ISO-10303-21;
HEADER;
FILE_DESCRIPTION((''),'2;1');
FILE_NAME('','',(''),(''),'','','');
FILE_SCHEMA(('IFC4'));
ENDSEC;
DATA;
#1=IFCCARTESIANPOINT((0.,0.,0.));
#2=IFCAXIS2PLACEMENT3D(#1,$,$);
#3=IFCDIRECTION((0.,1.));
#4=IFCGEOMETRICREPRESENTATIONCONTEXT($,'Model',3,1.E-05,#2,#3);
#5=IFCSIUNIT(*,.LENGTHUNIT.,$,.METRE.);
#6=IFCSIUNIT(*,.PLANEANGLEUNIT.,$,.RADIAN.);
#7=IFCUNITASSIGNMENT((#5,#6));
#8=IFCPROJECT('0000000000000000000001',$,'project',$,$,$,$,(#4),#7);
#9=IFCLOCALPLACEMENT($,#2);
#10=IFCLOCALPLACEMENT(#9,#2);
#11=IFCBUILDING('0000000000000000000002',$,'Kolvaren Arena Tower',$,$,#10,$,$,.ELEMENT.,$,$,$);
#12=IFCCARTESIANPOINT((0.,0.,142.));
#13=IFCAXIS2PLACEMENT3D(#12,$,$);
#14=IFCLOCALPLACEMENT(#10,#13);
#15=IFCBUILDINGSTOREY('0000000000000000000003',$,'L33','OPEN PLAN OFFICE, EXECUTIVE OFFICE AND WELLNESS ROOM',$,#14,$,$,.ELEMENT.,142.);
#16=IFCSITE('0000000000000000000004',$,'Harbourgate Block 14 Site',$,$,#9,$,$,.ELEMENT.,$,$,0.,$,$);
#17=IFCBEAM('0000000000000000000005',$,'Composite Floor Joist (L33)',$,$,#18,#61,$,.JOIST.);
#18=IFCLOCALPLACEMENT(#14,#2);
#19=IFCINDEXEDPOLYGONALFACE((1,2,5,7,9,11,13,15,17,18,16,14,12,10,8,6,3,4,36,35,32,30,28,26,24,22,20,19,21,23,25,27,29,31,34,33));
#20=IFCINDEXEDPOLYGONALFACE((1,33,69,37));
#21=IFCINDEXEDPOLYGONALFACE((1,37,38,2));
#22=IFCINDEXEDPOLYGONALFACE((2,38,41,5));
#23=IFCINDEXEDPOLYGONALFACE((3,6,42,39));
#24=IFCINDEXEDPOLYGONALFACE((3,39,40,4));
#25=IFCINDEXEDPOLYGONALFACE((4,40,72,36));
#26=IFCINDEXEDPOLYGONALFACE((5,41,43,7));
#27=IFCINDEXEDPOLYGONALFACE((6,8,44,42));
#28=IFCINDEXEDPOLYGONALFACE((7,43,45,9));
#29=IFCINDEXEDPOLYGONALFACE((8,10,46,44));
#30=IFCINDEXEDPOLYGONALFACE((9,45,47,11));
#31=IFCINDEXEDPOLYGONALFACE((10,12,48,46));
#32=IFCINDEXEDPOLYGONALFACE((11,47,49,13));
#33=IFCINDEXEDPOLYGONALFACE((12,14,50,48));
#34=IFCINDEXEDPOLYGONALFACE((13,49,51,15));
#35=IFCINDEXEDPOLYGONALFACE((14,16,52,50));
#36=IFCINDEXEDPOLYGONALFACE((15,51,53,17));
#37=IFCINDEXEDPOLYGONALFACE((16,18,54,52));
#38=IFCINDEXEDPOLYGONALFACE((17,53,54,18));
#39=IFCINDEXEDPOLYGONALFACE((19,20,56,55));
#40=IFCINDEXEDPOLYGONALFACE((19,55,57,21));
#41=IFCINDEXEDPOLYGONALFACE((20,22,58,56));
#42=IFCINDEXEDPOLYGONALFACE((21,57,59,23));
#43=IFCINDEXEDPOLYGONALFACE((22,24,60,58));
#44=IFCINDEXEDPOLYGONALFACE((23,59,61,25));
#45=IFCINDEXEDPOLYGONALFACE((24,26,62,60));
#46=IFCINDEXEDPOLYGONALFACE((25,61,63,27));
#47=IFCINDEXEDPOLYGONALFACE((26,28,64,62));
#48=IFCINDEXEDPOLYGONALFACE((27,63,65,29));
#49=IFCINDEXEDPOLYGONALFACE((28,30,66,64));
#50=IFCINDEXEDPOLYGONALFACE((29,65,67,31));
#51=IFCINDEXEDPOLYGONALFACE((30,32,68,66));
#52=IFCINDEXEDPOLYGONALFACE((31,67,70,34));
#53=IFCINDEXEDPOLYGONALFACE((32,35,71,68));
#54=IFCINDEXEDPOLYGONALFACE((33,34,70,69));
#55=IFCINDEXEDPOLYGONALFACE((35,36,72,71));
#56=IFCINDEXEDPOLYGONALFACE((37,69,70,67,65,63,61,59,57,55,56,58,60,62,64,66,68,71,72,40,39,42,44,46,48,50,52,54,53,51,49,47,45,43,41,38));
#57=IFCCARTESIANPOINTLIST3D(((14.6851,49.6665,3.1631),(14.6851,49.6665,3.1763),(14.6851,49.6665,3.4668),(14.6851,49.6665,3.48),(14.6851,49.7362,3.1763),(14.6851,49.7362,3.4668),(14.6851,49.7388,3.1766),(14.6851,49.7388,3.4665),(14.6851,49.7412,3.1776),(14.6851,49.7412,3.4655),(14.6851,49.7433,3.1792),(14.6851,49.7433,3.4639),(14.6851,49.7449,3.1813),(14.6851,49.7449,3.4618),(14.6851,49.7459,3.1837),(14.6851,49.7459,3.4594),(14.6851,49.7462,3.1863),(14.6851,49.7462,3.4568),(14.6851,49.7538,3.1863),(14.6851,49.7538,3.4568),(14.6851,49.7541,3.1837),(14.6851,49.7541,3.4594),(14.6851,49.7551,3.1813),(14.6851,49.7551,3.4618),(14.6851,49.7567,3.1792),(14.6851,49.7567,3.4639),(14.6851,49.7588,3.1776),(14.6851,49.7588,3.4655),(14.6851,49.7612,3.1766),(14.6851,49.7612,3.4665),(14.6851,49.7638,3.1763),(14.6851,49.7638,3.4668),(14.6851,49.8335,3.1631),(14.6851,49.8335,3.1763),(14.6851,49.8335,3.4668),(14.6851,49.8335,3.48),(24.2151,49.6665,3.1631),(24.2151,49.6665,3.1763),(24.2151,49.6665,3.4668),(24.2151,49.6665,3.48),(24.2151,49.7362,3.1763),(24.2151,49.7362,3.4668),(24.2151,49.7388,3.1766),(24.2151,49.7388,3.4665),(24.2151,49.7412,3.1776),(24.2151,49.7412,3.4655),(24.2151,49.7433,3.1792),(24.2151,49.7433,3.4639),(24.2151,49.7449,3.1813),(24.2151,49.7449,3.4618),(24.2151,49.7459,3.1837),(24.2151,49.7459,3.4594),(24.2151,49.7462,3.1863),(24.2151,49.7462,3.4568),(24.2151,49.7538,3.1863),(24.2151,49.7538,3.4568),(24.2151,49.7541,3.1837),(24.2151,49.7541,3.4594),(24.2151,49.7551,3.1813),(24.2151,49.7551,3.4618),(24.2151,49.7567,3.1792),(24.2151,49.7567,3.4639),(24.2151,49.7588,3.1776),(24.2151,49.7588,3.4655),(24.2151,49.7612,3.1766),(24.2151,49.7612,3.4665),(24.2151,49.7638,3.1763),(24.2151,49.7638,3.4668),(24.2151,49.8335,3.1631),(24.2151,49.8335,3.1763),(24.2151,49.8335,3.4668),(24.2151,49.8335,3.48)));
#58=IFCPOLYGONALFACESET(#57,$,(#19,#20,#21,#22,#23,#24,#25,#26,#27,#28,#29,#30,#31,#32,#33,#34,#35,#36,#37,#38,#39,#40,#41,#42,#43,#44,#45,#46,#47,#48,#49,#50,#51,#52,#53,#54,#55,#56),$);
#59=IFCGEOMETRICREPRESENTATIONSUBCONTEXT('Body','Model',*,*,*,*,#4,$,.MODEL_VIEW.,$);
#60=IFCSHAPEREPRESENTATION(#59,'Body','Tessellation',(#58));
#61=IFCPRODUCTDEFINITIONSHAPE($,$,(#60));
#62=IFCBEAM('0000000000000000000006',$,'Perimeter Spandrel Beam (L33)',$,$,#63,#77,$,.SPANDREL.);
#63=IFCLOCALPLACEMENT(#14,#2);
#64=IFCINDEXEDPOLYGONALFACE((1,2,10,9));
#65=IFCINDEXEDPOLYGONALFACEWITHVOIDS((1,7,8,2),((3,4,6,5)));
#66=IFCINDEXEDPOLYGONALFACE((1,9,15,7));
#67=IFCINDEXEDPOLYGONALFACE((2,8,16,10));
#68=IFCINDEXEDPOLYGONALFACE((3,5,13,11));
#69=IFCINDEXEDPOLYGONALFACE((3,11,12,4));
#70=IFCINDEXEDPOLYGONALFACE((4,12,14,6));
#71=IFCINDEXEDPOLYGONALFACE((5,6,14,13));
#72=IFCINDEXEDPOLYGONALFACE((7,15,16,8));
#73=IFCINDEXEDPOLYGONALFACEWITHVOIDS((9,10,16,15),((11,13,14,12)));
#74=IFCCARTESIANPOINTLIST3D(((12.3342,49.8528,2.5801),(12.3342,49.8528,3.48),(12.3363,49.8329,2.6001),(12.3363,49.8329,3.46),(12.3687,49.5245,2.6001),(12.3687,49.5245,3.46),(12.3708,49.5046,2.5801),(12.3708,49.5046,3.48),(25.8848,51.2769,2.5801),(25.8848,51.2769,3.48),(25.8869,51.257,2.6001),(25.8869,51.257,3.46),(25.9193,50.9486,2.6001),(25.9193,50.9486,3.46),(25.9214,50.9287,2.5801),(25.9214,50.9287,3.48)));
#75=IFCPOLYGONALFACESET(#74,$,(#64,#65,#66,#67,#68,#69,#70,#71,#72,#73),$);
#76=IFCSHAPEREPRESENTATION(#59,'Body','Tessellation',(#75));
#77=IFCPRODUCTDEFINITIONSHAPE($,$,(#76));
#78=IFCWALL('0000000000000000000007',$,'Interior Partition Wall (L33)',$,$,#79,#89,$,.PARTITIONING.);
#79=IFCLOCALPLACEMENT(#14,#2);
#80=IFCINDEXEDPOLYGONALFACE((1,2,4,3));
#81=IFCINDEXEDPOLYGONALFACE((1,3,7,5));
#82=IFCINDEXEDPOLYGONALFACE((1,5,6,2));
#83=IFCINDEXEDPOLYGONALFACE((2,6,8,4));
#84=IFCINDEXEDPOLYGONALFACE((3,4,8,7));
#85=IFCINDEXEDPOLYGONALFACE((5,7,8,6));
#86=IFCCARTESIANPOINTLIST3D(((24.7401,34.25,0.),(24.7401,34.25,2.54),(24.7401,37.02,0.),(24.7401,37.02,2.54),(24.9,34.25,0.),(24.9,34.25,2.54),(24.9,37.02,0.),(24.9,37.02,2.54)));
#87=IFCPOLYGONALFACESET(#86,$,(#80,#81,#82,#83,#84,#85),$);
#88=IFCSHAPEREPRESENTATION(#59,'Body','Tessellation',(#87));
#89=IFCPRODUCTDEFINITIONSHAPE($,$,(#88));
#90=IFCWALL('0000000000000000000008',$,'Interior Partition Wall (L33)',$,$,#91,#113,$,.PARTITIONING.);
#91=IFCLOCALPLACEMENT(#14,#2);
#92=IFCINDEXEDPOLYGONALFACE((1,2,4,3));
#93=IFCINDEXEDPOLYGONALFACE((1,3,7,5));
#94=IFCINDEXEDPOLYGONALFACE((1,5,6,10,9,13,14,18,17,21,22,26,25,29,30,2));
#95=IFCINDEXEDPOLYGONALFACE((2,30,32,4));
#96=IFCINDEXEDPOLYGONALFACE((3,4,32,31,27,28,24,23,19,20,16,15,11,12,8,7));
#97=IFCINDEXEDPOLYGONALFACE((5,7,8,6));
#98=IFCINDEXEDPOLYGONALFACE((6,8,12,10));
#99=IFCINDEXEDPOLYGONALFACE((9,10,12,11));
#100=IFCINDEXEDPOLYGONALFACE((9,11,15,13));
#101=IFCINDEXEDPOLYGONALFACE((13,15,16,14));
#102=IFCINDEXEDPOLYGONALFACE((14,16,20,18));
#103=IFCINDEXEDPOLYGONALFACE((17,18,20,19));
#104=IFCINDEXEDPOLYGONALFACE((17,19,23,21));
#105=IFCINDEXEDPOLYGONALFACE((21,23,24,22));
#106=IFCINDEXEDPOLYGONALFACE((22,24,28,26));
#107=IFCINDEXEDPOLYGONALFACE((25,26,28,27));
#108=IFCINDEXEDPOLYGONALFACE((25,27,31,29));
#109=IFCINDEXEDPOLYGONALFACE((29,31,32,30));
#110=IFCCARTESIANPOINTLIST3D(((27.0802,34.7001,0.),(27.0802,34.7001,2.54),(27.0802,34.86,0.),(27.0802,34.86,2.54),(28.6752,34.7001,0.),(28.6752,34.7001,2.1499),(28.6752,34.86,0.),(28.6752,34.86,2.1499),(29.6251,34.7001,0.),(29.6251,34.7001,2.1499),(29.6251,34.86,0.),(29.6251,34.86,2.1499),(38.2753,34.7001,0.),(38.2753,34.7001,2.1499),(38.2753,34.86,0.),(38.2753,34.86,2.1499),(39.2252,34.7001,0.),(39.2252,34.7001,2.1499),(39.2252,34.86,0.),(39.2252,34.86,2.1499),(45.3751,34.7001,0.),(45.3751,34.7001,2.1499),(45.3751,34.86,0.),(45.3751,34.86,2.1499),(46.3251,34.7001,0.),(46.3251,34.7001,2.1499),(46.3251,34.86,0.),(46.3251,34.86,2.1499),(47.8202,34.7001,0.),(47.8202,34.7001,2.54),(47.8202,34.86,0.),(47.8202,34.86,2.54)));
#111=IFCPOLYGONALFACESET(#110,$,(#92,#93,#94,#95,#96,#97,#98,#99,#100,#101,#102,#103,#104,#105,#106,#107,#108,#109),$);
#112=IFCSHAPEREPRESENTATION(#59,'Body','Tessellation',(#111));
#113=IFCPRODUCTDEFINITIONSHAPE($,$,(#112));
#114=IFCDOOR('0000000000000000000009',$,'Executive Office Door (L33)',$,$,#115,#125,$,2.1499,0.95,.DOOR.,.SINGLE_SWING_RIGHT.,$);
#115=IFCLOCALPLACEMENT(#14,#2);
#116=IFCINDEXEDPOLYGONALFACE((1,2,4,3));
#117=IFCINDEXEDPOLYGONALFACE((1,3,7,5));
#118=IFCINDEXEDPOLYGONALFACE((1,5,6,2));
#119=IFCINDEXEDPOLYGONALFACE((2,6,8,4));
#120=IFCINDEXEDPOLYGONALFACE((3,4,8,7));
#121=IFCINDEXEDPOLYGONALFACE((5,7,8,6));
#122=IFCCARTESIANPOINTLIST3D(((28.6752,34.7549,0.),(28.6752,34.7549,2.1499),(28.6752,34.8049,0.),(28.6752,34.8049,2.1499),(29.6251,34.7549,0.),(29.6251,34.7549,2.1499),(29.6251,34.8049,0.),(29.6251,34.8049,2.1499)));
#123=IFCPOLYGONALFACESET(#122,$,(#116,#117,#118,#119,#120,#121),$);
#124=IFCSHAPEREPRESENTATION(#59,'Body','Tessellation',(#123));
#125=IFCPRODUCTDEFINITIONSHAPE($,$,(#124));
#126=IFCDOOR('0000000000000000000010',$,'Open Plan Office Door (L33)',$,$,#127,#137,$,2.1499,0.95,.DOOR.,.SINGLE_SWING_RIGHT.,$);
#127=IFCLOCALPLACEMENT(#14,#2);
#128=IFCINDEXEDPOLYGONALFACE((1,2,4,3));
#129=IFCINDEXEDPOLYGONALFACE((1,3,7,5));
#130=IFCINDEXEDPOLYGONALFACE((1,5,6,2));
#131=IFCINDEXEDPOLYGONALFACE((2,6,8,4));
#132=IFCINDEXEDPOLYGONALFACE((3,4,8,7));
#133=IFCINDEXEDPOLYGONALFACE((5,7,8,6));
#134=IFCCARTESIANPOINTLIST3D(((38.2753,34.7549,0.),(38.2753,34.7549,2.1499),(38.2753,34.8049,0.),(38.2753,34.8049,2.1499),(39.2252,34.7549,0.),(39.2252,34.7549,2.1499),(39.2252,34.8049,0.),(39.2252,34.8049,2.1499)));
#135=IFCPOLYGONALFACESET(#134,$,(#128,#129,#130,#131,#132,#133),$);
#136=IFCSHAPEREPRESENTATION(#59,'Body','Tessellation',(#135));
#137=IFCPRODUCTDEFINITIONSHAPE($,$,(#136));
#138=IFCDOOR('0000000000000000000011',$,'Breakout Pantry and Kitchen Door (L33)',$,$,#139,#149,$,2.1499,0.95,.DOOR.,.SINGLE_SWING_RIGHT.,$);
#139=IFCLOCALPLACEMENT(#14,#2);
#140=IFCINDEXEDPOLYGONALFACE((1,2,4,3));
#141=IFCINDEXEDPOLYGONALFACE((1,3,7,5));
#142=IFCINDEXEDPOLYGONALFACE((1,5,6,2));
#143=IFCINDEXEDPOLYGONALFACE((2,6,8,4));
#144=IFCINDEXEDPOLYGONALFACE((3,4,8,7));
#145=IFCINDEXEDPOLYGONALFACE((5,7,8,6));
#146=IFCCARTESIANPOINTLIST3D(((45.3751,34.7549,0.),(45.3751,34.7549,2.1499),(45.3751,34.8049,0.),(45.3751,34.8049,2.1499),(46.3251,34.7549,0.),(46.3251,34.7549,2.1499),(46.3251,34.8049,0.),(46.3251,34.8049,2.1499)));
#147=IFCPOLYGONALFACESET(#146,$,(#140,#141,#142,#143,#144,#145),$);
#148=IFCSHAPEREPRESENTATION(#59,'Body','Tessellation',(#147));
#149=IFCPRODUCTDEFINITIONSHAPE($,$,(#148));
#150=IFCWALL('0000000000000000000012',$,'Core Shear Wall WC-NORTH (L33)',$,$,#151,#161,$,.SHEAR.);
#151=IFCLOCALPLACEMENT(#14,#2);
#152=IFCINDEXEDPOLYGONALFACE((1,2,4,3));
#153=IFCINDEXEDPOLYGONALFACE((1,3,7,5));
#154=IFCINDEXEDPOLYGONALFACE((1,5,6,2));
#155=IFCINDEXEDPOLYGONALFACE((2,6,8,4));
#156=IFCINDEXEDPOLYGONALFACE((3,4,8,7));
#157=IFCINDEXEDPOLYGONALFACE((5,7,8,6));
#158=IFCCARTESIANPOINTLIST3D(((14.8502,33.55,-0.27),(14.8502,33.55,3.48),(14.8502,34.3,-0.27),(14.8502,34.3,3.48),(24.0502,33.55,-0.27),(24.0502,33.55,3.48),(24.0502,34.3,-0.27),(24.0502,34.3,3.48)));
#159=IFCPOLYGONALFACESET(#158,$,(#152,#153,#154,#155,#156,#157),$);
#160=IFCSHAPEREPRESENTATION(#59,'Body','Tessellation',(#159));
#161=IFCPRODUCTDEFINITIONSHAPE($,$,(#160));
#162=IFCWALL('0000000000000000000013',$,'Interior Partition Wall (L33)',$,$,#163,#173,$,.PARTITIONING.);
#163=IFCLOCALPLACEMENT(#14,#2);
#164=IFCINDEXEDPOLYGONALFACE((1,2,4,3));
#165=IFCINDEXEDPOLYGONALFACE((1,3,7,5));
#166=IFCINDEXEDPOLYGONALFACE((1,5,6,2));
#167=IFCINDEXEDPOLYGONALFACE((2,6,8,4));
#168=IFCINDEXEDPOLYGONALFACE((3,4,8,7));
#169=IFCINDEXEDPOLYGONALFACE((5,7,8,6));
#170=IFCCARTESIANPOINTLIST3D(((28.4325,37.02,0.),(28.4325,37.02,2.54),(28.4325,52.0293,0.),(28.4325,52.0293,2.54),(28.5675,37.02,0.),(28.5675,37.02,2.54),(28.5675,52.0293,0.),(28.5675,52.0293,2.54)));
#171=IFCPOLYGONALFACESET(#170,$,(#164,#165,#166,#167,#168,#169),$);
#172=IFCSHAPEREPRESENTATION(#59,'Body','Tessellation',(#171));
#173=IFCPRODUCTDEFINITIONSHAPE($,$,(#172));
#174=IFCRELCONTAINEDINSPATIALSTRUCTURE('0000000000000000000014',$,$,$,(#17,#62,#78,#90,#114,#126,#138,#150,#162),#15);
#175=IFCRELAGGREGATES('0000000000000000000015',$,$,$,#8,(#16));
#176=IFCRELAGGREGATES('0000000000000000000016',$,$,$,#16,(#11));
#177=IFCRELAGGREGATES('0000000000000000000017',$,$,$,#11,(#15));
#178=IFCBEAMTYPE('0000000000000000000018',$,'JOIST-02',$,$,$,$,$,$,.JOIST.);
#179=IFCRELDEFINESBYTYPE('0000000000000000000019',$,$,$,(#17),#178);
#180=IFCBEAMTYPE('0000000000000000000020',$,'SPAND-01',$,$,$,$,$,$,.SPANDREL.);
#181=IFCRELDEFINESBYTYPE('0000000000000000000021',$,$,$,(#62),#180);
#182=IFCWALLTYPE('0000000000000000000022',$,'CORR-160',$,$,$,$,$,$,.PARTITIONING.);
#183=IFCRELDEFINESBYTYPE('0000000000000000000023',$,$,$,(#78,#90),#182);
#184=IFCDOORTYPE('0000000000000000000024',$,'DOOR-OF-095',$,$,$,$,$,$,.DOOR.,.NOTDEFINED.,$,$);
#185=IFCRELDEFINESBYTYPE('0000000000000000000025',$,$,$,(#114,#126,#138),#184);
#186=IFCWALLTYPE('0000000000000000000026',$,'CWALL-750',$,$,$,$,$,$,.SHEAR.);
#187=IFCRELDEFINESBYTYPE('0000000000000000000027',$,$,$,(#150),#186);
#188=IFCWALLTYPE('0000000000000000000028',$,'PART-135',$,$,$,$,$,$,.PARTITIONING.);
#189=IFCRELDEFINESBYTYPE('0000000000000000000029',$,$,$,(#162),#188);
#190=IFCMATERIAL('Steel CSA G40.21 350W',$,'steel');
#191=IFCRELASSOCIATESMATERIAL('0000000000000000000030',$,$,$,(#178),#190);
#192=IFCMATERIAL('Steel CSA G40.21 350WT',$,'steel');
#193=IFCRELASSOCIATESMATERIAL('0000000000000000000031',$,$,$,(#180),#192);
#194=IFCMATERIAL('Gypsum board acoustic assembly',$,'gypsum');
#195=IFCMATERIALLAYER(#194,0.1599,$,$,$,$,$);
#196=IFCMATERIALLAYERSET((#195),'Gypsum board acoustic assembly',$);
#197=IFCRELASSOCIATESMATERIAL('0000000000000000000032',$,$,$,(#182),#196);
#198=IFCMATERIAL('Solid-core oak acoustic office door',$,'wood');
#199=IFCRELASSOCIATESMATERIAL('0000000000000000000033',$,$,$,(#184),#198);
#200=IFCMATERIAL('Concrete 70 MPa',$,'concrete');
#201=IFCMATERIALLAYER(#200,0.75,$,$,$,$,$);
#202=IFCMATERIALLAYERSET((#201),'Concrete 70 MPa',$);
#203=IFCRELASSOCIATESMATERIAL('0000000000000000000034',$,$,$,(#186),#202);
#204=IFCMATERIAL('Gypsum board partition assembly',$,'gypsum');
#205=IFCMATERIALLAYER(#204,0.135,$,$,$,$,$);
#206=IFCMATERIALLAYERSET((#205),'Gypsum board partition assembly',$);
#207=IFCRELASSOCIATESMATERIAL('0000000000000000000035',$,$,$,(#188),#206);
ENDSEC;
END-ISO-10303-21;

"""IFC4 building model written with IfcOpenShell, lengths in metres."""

from ifc_helpers import new_model, si_unit, direction, frame, frame_2d, origin, origin_2d, place, context, subcontext, project, spatial, rectangle, hollow_rectangle, i_section, extrude, material, layer, layer_set, material_profile, profile_set, type_object, element, fill, save


model = new_model("IFC4")

# Units and contexts
model_context = context("Model", 3, precision=1e-05, world=origin(), true_north=direction((0.0, 1.0)))
body_context = subcontext(model_context, "Body", "Model", "MODEL_VIEW")
ifc_project = project(units=[si_unit("LENGTHUNIT", "METRE"), si_unit("PLANEANGLEUNIT", "RADIAN")], contexts=[model_context])

# Site, building, storey
site_placement = place(None, origin())
site = spatial("IfcSite", under=ifc_project, at=site_placement, Name="Harbourgate Block 14 Site", CompositionType="ELEMENT", RefElevation=0.0)
building_placement = place(site_placement, origin())
building = spatial("IfcBuilding", under=site, at=building_placement, Name="Kolvaren Arena Tower", CompositionType="ELEMENT")
storey_placement = place(building_placement, frame((0.0, 0.0, 142.0)))
storey = spatial("IfcBuildingStorey", under=building, at=storey_placement, Name="L33", Description="OPEN PLAN OFFICE, EXECUTIVE OFFICE AND WELLNESS ROOM", CompositionType="ELEMENT", Elevation=142.0)

# Beams
ifc_material_1 = material(Name="Steel CSA G40.21 350W", Category="steel")
ifc_material_profile_1 = material_profile(ifc_material_1, i_section(OverallWidth=0.167, OverallDepth=0.3169, WebThickness=0.0076, FlangeThickness=0.0132, FilletRadius=0.01, at=origin_2d()), Name="W310x52")
ifc_profile_set_1 = profile_set([ifc_material_profile_1], Name="Steel CSA G40.21 350W")
beam_type_1 = type_object("IfcBeamType", Name="JOIST-02", PredefinedType="JOIST", material=ifc_profile_set_1)
for number, where, z_axis, x_axis, name in (
    (1, (14.6851, 49.75, 3.3215), (1.0, 0.0, 0.0), (0.0, 1.0, 0.0), "Composite Floor Joist (L33)"),
):
    element("IfcBeam", number, at=place(storey_placement, frame(where, z_axis=z_axis, x_axis=x_axis)), inside=storey, type_object=beam_type_1, Name=name, PredefinedType="JOIST", context=body_context, shape_type="SweptSolid", body=[
        extrude(i_section(OverallWidth=0.167, OverallDepth=0.3169, WebThickness=0.0076, FlangeThickness=0.0132, FilletRadius=0.01, at=origin_2d()), origin(), (0.0, 0.0, 1.0), 9.53),
    ])
ifc_material_2 = material(Name="Steel CSA G40.21 350WT", Category="steel")
ifc_material_profile_2 = material_profile(ifc_material_2, hollow_rectangle(XDim=0.3501, YDim=0.8999, WallThickness=0.02, at=origin_2d()), Name="HSS 900x350x20")
ifc_profile_set_2 = profile_set([ifc_material_profile_2], Name="Steel CSA G40.21 350WT")
beam_type_2 = type_object("IfcBeamType", Name="SPAND-01", PredefinedType="SPANDREL", material=ifc_profile_set_2)
beam_1_placement = place(storey_placement, frame((25.9031, 51.1028, 3.03), z_axis=(-0.994523, -0.104518, 0.0), x_axis=(0.104518, -0.994523, 0.0)))
element("IfcBeam", 2, at=beam_1_placement, inside=storey, type_object=beam_type_2, Name="Perimeter Spandrel Beam (L33)", PredefinedType="SPANDREL", context=body_context, shape_type="SweptSolid", body=[
    extrude(hollow_rectangle(XDim=0.3501, YDim=0.8999, WallThickness=0.02, at=origin_2d()), origin(), (0.0, 0.0, 1.0), 13.6252),
])

# Wall
ifc_material_3 = material(Name="Gypsum board acoustic assembly", Category="gypsum")
ifc_layer_1 = layer(ifc_material_3, 0.1599)
ifc_layer_set_1 = layer_set([ifc_layer_1], Name="Gypsum board acoustic assembly")
wall_type_1 = type_object("IfcWallType", Name="CORR-160", PredefinedType="PARTITIONING", material=ifc_layer_set_1)
wall_1_placement = place(storey_placement, frame((24.8201, 34.25, 0.0), z_axis=(0.0, 0.0, 1.0), x_axis=(0.0, 1.0, 0.0)))
element("IfcWall", 3, at=wall_1_placement, inside=storey, type_object=wall_type_1, Name="Interior Partition Wall (L33)", PredefinedType="PARTITIONING", context=body_context, shape_type="SweptSolid", body=[
    extrude(rectangle(XDim=2.77, YDim=0.1599, at=frame_2d((1.385, 0.0))), origin(), (0.0, 0.0, 1.0), 2.54),
])

# Wall, openings, doors
ifc_material_4 = material(Name="Solid-core oak acoustic office door", Category="wood")
door_type = type_object("IfcDoorType", Name="DOOR-OF-095", OperationType="NOTDEFINED", PredefinedType="DOOR", material=ifc_material_4)
wall_2_placement = place(storey_placement, frame((27.0801, 34.78, 0.0), z_axis=(0.0, 0.0, 1.0), x_axis=(1.0, 0.0, 0.0)))
wall_2 = element("IfcWall", 4, at=wall_2_placement, inside=storey, type_object=wall_type_1, Name="Interior Partition Wall (L33)", PredefinedType="PARTITIONING", context=body_context, shape_type="SweptSolid", body=[
    extrude(rectangle(XDim=20.74, YDim=0.1599, at=frame_2d((10.3701, 0.0))), origin(), (0.0, 0.0, 1.0), 2.54),
])
opening_1_placement = place(wall_2_placement, frame((1.595, 0.0, 0.0)))
opening_1 = element("IfcOpeningElement", 5, at=opening_1_placement, cuts=wall_2, PredefinedType="OPENING", context=body_context, shape_type="SweptSolid", body=[
    extrude(rectangle(XDim=0.95, YDim=2.1499, at=frame_2d((0.4751, 1.075))), frame((0.0, 0.0898, 0.0), z_axis=(0.0, -1.0, 0.0), x_axis=(1.0, 0.0, 0.0)), (0.0, 0.0, 1.0), 0.1799),
])
opening_2_placement = place(wall_2_placement, frame((11.1951, 0.0, 0.0)))
opening_2 = element("IfcOpeningElement", 6, at=opening_2_placement, cuts=wall_2, PredefinedType="OPENING", context=body_context, shape_type="SweptSolid", body=[
    extrude(rectangle(XDim=0.95, YDim=2.1499, at=frame_2d((0.4751, 1.075))), frame((0.0, 0.0898, 0.0), z_axis=(0.0, -1.0, 0.0), x_axis=(1.0, 0.0, 0.0)), (0.0, 0.0, 1.0), 0.1799),
])
opening_3_placement = place(wall_2_placement, frame((18.2949, 0.0, 0.0)))
opening_3 = element("IfcOpeningElement", 7, at=opening_3_placement, cuts=wall_2, PredefinedType="OPENING", context=body_context, shape_type="SweptSolid", body=[
    extrude(rectangle(XDim=0.95, YDim=2.1499, at=frame_2d((0.4751, 1.075))), frame((0.0, 0.0898, 0.0), z_axis=(0.0, -1.0, 0.0), x_axis=(1.0, 0.0, 0.0)), (0.0, 0.0, 1.0), 0.1799),
])
door_1_placement = place(opening_1_placement, origin())
door_1 = element("IfcDoor", 8, at=door_1_placement, inside=storey, type_object=door_type, Name="Executive Office Door (L33)", OperationType="SINGLE_SWING_RIGHT", OverallHeight=2.1499, OverallWidth=0.95, PredefinedType="DOOR", context=body_context, shape_type="SweptSolid", body=[
    extrude(rectangle(XDim=0.95, YDim=2.1499, at=frame_2d((0.4751, 1.075))), frame((0.0, 0.0249, 0.0), z_axis=(0.0, -1.0, 0.0), x_axis=(1.0, 0.0, 0.0)), (0.0, 0.0, 1.0), 0.05),
])
fill(opening_1, door_1)
door_2_placement = place(opening_2_placement, origin())
door_2 = element("IfcDoor", 9, at=door_2_placement, inside=storey, type_object=door_type, Name="Open Plan Office Door (L33)", OperationType="SINGLE_SWING_RIGHT", OverallHeight=2.1499, OverallWidth=0.95, PredefinedType="DOOR", context=body_context, shape_type="SweptSolid", body=[
    extrude(rectangle(XDim=0.95, YDim=2.1499, at=frame_2d((0.4751, 1.075))), frame((0.0, 0.0249, 0.0), z_axis=(0.0, -1.0, 0.0), x_axis=(1.0, 0.0, 0.0)), (0.0, 0.0, 1.0), 0.05),
])
fill(opening_2, door_2)
door_3_placement = place(opening_3_placement, origin())
door_3 = element("IfcDoor", 10, at=door_3_placement, inside=storey, type_object=door_type, Name="Breakout Pantry and Kitchen Door (L33)", OperationType="SINGLE_SWING_RIGHT", OverallHeight=2.1499, OverallWidth=0.95, PredefinedType="DOOR", context=body_context, shape_type="SweptSolid", body=[
    extrude(rectangle(XDim=0.95, YDim=2.1499, at=frame_2d((0.4751, 1.075))), frame((0.0, 0.0249, 0.0), z_axis=(0.0, -1.0, 0.0), x_axis=(1.0, 0.0, 0.0)), (0.0, 0.0, 1.0), 0.05),
])
fill(opening_3, door_3)

# Walls
ifc_material_5 = material(Name="Concrete 70 MPa", Category="concrete")
ifc_layer_2 = layer(ifc_material_5, 0.75)
ifc_layer_set_2 = layer_set([ifc_layer_2], Name="Concrete 70 MPa")
wall_type_2 = type_object("IfcWallType", Name="CWALL-750", PredefinedType="SHEAR", material=ifc_layer_set_2)
wall_3_placement = place(storey_placement, frame((14.8501, 33.925, -0.27), z_axis=(0.0, 0.0, 1.0), x_axis=(1.0, 0.0, 0.0)))
element("IfcWall", 11, at=wall_3_placement, inside=storey, type_object=wall_type_2, Name="Core Shear Wall WC-NORTH (L33)", PredefinedType="SHEAR", context=body_context, shape_type="SweptSolid", body=[
    extrude(rectangle(XDim=9.2, YDim=0.75, at=frame_2d((4.6001, 0.0))), origin(), (0.0, 0.0, 1.0), 3.75),
])
ifc_material_6 = material(Name="Gypsum board partition assembly", Category="gypsum")
ifc_layer_3 = layer(ifc_material_6, 0.135)
ifc_layer_set_3 = layer_set([ifc_layer_3], Name="Gypsum board partition assembly")
wall_type_3 = type_object("IfcWallType", Name="PART-135", PredefinedType="PARTITIONING", material=ifc_layer_set_3)
wall_4_placement = place(storey_placement, frame((28.5, 37.02, 0.0), z_axis=(0.0, 0.0, 1.0), x_axis=(0.0, 1.0, 0.0)))
element("IfcWall", 12, at=wall_4_placement, inside=storey, type_object=wall_type_3, Name="Interior Partition Wall (L33)", PredefinedType="PARTITIONING", context=body_context, shape_type="SweptSolid", body=[
    extrude(rectangle(XDim=15.0093, YDim=0.135, at=frame_2d((7.5046, 0.0))), origin(), (0.0, 0.0, 1.0), 2.54),
])

save(model, "model.ifc")
